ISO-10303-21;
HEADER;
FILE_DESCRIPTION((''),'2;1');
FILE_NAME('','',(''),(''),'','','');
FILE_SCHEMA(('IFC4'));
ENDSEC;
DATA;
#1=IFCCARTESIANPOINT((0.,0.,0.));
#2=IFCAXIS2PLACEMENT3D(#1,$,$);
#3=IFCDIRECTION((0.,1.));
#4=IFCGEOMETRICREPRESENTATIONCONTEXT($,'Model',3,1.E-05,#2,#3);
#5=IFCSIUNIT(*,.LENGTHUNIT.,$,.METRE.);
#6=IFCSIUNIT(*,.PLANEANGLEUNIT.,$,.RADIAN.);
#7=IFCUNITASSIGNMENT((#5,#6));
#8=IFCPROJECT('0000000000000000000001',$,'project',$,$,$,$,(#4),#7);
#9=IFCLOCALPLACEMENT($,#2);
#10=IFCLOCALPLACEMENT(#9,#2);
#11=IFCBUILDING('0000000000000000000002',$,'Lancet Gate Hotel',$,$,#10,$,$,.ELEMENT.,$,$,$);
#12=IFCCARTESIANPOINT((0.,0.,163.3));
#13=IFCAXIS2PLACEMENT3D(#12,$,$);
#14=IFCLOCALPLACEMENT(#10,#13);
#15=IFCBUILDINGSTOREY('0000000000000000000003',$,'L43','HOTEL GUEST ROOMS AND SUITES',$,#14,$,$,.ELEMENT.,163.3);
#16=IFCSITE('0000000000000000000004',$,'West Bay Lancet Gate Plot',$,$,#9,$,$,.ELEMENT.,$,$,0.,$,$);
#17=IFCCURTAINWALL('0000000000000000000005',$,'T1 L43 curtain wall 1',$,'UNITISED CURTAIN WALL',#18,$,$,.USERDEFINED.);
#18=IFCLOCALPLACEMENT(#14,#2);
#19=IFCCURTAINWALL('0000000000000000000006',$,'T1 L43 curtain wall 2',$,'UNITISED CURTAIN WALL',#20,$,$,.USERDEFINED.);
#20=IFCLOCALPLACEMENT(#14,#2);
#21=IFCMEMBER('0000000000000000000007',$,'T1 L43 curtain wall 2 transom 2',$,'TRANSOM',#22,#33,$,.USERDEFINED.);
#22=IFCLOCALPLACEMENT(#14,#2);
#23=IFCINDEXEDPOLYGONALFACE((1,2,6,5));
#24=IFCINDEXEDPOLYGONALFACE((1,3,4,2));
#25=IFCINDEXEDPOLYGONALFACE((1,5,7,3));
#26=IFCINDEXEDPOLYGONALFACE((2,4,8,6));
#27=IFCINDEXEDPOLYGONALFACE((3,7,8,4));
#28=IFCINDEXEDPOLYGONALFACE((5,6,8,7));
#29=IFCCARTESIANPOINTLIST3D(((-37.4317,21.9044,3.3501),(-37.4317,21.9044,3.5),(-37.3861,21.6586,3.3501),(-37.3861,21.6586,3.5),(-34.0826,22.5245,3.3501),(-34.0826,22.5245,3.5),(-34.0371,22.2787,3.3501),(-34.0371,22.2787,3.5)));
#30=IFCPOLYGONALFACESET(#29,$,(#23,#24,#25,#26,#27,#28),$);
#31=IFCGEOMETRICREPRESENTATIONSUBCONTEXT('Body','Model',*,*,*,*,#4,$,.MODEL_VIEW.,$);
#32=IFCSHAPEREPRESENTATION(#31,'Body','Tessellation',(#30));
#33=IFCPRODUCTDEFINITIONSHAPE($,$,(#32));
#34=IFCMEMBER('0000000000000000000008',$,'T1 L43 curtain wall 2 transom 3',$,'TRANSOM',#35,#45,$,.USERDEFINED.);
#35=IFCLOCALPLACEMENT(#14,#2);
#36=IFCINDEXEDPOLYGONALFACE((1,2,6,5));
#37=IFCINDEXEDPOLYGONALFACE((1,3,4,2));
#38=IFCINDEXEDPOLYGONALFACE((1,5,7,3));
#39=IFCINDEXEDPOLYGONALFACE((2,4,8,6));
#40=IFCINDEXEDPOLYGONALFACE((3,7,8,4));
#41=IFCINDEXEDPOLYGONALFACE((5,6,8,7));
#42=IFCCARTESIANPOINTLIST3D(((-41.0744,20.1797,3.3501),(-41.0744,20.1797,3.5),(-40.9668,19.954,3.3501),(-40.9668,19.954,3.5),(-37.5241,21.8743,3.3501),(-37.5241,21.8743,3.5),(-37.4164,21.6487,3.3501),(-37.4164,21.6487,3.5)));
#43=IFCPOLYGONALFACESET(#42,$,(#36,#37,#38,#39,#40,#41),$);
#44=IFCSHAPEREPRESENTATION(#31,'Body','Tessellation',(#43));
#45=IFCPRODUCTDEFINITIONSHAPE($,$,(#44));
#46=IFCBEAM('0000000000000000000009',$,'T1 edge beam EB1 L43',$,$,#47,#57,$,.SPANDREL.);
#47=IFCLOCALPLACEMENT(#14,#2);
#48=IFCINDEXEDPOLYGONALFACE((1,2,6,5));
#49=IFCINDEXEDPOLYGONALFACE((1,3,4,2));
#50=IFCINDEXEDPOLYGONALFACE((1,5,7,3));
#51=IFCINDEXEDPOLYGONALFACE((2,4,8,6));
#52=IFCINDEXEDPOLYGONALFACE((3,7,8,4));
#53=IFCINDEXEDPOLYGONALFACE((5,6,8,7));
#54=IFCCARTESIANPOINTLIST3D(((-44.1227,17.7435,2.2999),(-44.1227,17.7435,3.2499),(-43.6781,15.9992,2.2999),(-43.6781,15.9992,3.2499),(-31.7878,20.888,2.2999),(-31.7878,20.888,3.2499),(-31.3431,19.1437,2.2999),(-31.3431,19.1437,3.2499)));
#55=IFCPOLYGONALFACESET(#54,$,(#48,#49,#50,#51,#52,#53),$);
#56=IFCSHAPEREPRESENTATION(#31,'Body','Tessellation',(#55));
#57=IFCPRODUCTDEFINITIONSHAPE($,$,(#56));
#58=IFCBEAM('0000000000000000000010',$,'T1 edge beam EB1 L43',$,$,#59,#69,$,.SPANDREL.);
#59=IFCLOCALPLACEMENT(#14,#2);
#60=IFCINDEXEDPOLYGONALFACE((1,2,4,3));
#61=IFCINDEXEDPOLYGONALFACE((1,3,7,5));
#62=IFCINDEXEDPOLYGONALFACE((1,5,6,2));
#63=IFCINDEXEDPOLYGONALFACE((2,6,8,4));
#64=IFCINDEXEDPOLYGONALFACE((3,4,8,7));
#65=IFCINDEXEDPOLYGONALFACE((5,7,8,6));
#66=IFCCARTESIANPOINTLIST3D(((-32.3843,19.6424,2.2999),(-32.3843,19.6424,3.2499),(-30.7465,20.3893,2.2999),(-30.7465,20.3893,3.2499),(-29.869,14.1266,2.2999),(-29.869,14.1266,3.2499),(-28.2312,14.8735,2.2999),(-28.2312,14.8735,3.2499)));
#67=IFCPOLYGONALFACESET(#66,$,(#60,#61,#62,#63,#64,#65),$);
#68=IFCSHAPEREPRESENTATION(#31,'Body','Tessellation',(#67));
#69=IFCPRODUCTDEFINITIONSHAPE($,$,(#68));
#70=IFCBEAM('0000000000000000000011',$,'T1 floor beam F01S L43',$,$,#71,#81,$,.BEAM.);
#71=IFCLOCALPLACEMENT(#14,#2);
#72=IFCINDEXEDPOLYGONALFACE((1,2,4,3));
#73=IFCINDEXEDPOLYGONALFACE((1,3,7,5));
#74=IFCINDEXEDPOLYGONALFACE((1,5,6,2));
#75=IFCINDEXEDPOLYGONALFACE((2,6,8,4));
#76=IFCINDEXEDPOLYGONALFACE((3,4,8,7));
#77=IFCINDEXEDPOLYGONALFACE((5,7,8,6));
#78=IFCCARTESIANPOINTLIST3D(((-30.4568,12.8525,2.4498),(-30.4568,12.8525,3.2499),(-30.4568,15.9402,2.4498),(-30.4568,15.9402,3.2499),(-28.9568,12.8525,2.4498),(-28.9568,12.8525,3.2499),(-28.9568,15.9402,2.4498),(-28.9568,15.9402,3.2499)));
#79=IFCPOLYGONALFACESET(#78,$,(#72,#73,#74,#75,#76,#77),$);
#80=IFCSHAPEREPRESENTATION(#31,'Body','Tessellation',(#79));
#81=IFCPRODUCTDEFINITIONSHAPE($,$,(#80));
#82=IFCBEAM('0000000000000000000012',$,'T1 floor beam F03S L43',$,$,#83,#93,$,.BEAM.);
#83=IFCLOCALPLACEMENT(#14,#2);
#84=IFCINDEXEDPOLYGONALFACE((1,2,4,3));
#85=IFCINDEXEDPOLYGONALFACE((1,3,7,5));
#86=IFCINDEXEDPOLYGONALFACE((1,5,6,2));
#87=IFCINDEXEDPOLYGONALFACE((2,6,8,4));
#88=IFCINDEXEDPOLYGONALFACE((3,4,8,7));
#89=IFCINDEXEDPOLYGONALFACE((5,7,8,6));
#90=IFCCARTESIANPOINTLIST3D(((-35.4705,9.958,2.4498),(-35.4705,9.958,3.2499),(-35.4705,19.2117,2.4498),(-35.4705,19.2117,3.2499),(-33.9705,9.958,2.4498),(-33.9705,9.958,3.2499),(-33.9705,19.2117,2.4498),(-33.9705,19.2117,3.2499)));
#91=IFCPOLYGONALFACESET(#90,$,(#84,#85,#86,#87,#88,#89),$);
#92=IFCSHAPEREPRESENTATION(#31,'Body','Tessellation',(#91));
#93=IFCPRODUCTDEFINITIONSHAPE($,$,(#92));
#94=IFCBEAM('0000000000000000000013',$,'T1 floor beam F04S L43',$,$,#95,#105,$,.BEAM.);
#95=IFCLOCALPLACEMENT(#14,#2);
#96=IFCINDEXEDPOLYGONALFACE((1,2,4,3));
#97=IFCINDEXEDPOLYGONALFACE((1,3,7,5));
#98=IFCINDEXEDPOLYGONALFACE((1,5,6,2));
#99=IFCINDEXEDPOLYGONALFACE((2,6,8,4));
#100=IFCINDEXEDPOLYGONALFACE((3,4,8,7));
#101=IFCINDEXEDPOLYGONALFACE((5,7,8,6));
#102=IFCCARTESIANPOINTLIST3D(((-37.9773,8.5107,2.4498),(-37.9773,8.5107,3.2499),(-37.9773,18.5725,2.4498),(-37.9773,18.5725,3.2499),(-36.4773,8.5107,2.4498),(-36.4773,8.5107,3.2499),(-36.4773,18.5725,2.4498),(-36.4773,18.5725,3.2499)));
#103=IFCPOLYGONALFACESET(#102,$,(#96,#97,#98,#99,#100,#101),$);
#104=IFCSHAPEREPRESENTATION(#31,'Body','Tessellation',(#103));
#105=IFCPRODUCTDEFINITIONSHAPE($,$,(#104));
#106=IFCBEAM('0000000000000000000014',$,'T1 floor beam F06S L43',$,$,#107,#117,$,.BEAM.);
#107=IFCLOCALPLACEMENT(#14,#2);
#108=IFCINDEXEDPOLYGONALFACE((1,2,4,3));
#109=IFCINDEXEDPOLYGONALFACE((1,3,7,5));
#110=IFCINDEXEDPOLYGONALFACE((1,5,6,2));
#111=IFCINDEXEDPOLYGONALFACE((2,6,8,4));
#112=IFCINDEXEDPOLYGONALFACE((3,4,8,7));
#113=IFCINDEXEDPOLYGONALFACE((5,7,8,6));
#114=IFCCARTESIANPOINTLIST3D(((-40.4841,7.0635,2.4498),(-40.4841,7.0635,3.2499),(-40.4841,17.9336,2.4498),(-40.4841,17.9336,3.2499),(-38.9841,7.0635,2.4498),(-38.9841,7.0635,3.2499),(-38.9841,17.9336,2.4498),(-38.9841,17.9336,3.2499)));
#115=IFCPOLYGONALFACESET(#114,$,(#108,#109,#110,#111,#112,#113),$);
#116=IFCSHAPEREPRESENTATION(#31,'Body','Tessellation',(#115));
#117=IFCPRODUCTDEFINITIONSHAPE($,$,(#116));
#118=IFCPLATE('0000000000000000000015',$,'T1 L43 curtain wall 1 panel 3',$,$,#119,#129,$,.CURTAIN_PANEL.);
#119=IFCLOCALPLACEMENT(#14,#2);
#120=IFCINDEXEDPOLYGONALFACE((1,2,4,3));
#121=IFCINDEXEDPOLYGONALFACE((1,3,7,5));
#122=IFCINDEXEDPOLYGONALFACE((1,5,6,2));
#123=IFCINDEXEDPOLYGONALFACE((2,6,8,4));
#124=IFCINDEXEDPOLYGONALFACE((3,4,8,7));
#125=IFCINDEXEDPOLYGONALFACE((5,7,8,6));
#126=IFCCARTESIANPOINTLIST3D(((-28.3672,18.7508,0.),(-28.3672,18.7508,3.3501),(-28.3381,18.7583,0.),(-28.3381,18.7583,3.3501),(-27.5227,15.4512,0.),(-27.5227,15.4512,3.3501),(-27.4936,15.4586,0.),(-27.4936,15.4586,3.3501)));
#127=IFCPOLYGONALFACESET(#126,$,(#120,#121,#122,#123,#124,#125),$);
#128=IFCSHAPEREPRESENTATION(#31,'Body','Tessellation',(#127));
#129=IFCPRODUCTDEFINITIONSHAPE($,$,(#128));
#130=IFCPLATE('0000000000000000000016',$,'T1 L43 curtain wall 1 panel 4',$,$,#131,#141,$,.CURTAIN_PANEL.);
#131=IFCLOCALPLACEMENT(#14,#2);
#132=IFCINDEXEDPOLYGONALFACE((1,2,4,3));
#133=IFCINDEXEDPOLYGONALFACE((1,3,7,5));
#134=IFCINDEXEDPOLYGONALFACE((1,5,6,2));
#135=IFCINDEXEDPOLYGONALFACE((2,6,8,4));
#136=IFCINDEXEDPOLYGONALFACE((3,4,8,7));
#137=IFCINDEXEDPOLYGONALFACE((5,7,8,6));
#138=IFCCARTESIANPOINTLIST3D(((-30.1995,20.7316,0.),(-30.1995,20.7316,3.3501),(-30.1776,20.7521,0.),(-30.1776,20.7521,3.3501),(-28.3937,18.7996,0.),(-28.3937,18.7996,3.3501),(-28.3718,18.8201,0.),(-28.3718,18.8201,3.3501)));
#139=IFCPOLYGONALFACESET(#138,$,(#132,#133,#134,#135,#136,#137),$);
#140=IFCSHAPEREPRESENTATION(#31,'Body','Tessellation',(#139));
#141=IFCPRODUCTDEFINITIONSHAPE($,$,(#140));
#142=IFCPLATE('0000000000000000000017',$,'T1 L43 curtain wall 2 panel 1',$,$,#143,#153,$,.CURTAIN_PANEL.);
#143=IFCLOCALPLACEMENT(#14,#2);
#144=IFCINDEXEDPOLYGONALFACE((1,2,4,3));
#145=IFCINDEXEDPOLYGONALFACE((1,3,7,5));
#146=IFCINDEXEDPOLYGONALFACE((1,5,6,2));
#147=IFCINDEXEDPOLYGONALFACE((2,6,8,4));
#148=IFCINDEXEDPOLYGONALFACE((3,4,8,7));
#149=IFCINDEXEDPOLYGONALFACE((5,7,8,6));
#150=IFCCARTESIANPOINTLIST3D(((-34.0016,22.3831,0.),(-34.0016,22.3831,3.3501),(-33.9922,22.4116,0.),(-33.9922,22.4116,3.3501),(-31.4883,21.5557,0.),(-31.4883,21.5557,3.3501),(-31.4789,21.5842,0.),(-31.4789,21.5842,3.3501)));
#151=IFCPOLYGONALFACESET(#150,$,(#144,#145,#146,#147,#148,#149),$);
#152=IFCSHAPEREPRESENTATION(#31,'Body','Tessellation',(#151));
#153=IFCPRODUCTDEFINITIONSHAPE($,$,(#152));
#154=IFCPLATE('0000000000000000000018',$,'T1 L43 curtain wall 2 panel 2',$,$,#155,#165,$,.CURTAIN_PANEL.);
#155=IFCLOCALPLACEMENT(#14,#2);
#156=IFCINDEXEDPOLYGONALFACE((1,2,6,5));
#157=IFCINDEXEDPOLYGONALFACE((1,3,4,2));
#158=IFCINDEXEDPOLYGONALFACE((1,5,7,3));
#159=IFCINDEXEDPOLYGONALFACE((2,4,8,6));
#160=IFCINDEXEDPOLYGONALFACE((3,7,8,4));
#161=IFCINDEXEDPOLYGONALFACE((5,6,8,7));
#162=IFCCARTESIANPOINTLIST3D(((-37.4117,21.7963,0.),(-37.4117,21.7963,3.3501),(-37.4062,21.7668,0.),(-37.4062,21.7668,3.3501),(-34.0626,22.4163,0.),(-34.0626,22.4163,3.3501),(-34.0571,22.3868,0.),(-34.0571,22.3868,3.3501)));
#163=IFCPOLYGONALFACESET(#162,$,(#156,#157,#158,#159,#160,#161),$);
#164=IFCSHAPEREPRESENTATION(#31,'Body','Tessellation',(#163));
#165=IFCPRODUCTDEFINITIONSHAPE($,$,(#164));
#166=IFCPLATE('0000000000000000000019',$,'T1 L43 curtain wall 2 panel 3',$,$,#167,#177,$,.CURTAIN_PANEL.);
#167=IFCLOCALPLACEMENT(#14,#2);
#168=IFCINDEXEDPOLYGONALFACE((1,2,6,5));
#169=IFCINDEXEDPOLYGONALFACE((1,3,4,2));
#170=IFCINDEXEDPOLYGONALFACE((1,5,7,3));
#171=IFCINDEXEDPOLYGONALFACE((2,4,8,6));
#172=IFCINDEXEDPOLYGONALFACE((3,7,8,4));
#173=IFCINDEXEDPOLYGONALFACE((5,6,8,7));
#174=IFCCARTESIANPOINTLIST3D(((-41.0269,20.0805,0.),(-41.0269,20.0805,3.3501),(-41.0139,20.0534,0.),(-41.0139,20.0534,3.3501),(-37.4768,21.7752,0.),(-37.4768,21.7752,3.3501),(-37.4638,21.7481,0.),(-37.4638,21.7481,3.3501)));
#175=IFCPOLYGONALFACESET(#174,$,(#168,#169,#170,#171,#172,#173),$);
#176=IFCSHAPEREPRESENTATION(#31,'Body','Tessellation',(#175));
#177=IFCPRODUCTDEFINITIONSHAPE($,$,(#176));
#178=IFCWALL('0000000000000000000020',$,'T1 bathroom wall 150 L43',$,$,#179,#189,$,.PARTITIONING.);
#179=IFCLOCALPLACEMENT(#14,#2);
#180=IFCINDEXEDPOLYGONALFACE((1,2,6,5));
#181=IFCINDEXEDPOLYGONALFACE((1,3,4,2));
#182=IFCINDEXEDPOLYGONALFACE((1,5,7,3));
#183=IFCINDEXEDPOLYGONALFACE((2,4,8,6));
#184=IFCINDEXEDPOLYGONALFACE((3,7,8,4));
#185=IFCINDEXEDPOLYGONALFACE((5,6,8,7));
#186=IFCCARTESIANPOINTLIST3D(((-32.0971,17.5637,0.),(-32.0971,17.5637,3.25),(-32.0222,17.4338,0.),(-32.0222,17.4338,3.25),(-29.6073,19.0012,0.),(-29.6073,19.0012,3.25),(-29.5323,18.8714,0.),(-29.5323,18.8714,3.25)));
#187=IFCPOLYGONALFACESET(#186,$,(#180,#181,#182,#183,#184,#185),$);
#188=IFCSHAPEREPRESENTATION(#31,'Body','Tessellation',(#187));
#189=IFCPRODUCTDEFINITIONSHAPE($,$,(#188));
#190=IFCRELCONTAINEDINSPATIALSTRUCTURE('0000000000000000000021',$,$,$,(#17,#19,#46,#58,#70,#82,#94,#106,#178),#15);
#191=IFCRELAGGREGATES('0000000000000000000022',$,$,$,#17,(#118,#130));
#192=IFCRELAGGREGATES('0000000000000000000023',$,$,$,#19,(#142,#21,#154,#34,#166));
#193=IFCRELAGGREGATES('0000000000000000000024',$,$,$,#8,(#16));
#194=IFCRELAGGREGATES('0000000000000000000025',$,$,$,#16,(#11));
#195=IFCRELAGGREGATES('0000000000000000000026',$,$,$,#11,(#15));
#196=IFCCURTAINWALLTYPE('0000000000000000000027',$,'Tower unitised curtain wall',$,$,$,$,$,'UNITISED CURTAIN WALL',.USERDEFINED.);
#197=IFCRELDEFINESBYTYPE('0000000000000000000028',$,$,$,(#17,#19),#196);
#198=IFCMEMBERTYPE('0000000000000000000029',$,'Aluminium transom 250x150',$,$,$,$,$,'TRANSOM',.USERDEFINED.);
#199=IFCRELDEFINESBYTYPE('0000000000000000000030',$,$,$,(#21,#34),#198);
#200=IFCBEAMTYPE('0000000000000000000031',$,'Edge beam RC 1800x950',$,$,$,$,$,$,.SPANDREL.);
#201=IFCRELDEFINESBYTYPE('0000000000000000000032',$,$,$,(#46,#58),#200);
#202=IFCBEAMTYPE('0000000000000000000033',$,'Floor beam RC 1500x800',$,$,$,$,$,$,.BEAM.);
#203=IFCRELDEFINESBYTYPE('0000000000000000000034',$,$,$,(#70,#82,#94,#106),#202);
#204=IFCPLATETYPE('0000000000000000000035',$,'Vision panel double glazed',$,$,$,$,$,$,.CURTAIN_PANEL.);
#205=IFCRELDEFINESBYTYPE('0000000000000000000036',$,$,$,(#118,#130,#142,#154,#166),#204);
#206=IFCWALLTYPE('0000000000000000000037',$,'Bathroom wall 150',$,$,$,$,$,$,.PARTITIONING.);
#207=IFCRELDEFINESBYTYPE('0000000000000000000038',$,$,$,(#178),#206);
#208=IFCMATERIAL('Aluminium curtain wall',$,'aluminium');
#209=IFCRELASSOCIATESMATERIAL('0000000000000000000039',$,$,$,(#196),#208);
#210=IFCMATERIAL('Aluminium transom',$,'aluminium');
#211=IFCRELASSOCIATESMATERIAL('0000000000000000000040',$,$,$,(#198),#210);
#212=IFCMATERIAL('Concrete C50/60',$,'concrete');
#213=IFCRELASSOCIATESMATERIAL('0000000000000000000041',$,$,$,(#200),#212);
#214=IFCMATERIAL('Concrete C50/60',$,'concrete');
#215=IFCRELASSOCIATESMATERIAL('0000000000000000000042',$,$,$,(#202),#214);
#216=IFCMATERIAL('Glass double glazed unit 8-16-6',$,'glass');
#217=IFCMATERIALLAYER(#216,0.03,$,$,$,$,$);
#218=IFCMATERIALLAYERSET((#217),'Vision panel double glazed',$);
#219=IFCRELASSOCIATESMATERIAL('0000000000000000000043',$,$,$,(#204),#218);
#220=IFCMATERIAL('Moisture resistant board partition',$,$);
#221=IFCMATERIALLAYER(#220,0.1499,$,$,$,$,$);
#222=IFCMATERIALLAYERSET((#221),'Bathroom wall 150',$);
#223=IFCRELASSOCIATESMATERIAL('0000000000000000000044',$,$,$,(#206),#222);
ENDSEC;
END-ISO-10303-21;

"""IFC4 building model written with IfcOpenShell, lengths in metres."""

from ifc_helpers import new_model, si_unit, direction, frame, frame_2d, origin, origin_2d, place, context, subcontext, project, spatial, rectangle, extrude, material, layer, layer_set, material_profile, profile_set, type_object, element, aggregate, save


model = new_model("IFC4")

# Units and contexts
model_context = context("Model", 3, precision=1e-05, world=origin(), true_north=direction((0.0, 1.0)))
body_context = subcontext(model_context, "Body", "Model", "MODEL_VIEW")
ifc_project = project(units=[si_unit("LENGTHUNIT", "METRE"), si_unit("PLANEANGLEUNIT", "RADIAN")], contexts=[model_context])

# Site, building, storey
site_placement = place(None, origin())
site = spatial("IfcSite", under=ifc_project, at=site_placement, Name="West Bay Lancet Gate Plot", CompositionType="ELEMENT", RefElevation=0.0)
building_placement = place(site_placement, origin())
building = spatial("IfcBuilding", under=site, at=building_placement, Name="Lancet Gate Hotel", CompositionType="ELEMENT")
storey_placement = place(building_placement, frame((0.0, 0.0, 163.3)))
storey = spatial("IfcBuildingStorey", under=building, at=storey_placement, Name="L43", Description="HOTEL GUEST ROOMS AND SUITES", CompositionType="ELEMENT", Elevation=163.3)

# Curtain walls
ifc_material_1 = material(Name="Aluminium curtain wall", Category="aluminium")
curtain_wall_type = type_object("IfcCurtainWallType", Name="Tower unitised curtain wall", ElementType="UNITISED CURTAIN WALL", PredefinedType="USERDEFINED", material=ifc_material_1)
curtain_wall_1_placement = place(storey_placement, origin())
curtain_wall_1 = element("IfcCurtainWall", 1, at=curtain_wall_1_placement, inside=storey, type_object=curtain_wall_type, Name="T1 L43 curtain wall 1", ObjectType="UNITISED CURTAIN WALL", PredefinedType="USERDEFINED")
curtain_wall_2_placement = place(storey_placement, origin())
curtain_wall_2 = element("IfcCurtainWall", 2, at=curtain_wall_2_placement, inside=storey, type_object=curtain_wall_type, Name="T1 L43 curtain wall 2", ObjectType="UNITISED CURTAIN WALL", PredefinedType="USERDEFINED")

# Members
ifc_material_2 = material(Name="Aluminium transom", Category="aluminium")
ifc_material_profile_1 = material_profile(ifc_material_2, rectangle(XDim=0.25, YDim=0.1499, at=origin_2d()), Name="TRANSOM 250x150")
ifc_profile_set_1 = profile_set([ifc_material_profile_1], Name="Aluminium transom")
member_type_1 = type_object("IfcMemberType", Name="Aluminium transom 250x150", ElementType="TRANSOM", PredefinedType="USERDEFINED", material=ifc_profile_set_1)
member_1_placement = place(storey_placement, frame((-34.0598, 22.4016, 3.425), z_axis=(-0.983287, -0.182064, 0.0), x_axis=(0.182064, -0.983287, 0.0)))
member_1 = element("IfcMember", 3, at=member_1_placement, type_object=member_type_1, Name="T1 L43 curtain wall 2 transom 2", ObjectType="TRANSOM", PredefinedType="USERDEFINED", context=body_context, shape_type="SweptSolid", body=[
    extrude(rectangle(XDim=0.25, YDim=0.1499, at=origin_2d()), origin(), (0.0, 0.0, 1.0), 3.406),
])
member_2_placement = place(storey_placement, frame((-37.4702, 21.7615, 3.425), z_axis=(-0.902469, -0.430755, 0.0), x_axis=(0.430755, -0.902469, 0.0)))
member_2 = element("IfcMember", 4, at=member_2_placement, type_object=member_type_1, Name="T1 L43 curtain wall 2 transom 3", ObjectType="TRANSOM", PredefinedType="USERDEFINED", context=body_context, shape_type="SweptSolid", body=[
    extrude(rectangle(XDim=0.25, YDim=0.1499, at=origin_2d()), origin(), (0.0, 0.0, 1.0), 3.9341),
])

# Beams
ifc_material_3 = material(Name="Concrete C50/60", Category="concrete")
ifc_material_profile_2 = material_profile(ifc_material_3, rectangle(XDim=1.8, YDim=0.95, at=origin_2d()), Name="RC 1800x950")
ifc_profile_set_2 = profile_set([ifc_material_profile_2], Name="Concrete C50/60")
beam_type_1 = type_object("IfcBeamType", Name="Edge beam RC 1800x950", PredefinedType="SPANDREL", material=ifc_profile_set_2)
beam_1_placement = place(storey_placement, frame((-31.5654, 20.0159, 2.7749), z_axis=(-0.969008, -0.247028, 0.0), x_axis=(0.247028, -0.969008, 0.0)))
element("IfcBeam", 5, at=beam_1_placement, inside=storey, type_object=beam_type_1, Name="T1 edge beam EB1 L43", PredefinedType="SPANDREL", context=body_context, shape_type="SweptSolid", body=[
    extrude(rectangle(XDim=1.8, YDim=0.95, at=origin_2d()), origin(), (0.0, 0.0, 1.0), 12.7295),
])
beam_2_placement = place(storey_placement, frame((-31.5654, 20.0159, 2.7749), z_axis=(0.414919, -0.909858, 0.0), x_axis=(0.909858, 0.414919, 0.0)))
element("IfcBeam", 6, at=beam_2_placement, inside=storey, type_object=beam_type_1, Name="T1 edge beam EB1 L43", PredefinedType="SPANDREL", context=body_context, shape_type="SweptSolid", body=[
    extrude(rectangle(XDim=1.8, YDim=0.95, at=origin_2d()), origin(), (0.0, 0.0, 1.0), 6.0623),
])
ifc_material_4 = material(Name="Concrete C50/60", Category="concrete")
ifc_material_profile_3 = material_profile(ifc_material_4, rectangle(XDim=1.5, YDim=0.8, at=origin_2d()), Name="RC 1500x800")
ifc_profile_set_3 = profile_set([ifc_material_profile_3], Name="Concrete C50/60")
beam_type_2 = type_object("IfcBeamType", Name="Floor beam RC 1500x800", PredefinedType="BEAM", material=ifc_profile_set_3)
beam_3_placement = place(storey_placement, frame((-29.7068, 15.9402, 2.8499), z_axis=(0.0, -1.0, 0.0), x_axis=(1.0, 0.0, 0.0)))
element("IfcBeam", 7, at=beam_3_placement, inside=storey, type_object=beam_type_2, Name="T1 floor beam F01S L43", PredefinedType="BEAM", context=body_context, shape_type="SweptSolid", body=[
    extrude(rectangle(XDim=1.5, YDim=0.8, at=origin_2d()), origin(), (0.0, 0.0, 1.0), 3.0876),
])
beam_4_placement = place(storey_placement, frame((-34.7205, 19.2117, 2.8499), z_axis=(0.0, -1.0, 0.0), x_axis=(1.0, 0.0, 0.0)))
element("IfcBeam", 8, at=beam_4_placement, inside=storey, type_object=beam_type_2, Name="T1 floor beam F03S L43", PredefinedType="BEAM", context=body_context, shape_type="SweptSolid", body=[
    extrude(rectangle(XDim=1.5, YDim=0.8, at=origin_2d()), origin(), (0.0, 0.0, 1.0), 9.2537),
])
beam_5_placement = place(storey_placement, frame((-37.2273, 18.5725, 2.8499), z_axis=(0.0, -1.0, 0.0), x_axis=(1.0, 0.0, 0.0)))
element("IfcBeam", 9, at=beam_5_placement, inside=storey, type_object=beam_type_2, Name="T1 floor beam F04S L43", PredefinedType="BEAM", context=body_context, shape_type="SweptSolid", body=[
    extrude(rectangle(XDim=1.5, YDim=0.8, at=origin_2d()), origin(), (0.0, 0.0, 1.0), 10.0618),
])
beam_6_placement = place(storey_placement, frame((-39.7341, 17.9336, 2.8499), z_axis=(0.0, -1.0, 0.0), x_axis=(1.0, 0.0, 0.0)))
element("IfcBeam", 10, at=beam_6_placement, inside=storey, type_object=beam_type_2, Name="T1 floor beam F06S L43", PredefinedType="BEAM", context=body_context, shape_type="SweptSolid", body=[
    extrude(rectangle(XDim=1.5, YDim=0.8, at=origin_2d()), origin(), (0.0, 0.0, 1.0), 10.8701),
])

# Plates
ifc_material_5 = material(Name="Glass double glazed unit 8-16-6", Category="glass")
ifc_layer_1 = layer(ifc_material_5, 0.03)
ifc_layer_set_1 = layer_set([ifc_layer_1], Name="Vision panel double glazed")
plate_type = type_object("IfcPlateType", Name="Vision panel double glazed", PredefinedType="CURTAIN_PANEL", material=ifc_layer_set_1)
plate_1_placement = place(storey_placement, frame((-27.9304, 17.1047, 0.0), z_axis=(0.0, 0.0, 1.0), x_axis=(-0.247937, 0.968776, 0.0)))
plate_1 = element("IfcPlate", 11, at=plate_1_placement, type_object=plate_type, Name="T1 L43 curtain wall 1 panel 3", PredefinedType="CURTAIN_PANEL", context=body_context, shape_type="SweptSolid", body=[
    extrude(rectangle(XDim=3.406, YDim=0.03, at=origin_2d()), origin(), (0.0, 0.0, 1.0), 3.3501),
])
plate_2_placement = place(storey_placement, frame((-29.2856, 19.7759, 0.0), z_axis=(0.0, 0.0, 1.0), x_axis=(-0.682845, 0.730563, 0.0)))
plate_2 = element("IfcPlate", 12, at=plate_2_placement, type_object=plate_type, Name="T1 L43 curtain wall 1 panel 4", PredefinedType="CURTAIN_PANEL", context=body_context, shape_type="SweptSolid", body=[
    extrude(rectangle(XDim=2.6445, YDim=0.03, at=origin_2d()), origin(), (0.0, 0.0, 1.0), 3.3501),
])
aggregate(curtain_wall_1, [plate_1, plate_2])
plate_3_placement = place(storey_placement, frame((-32.7402, 21.9836, 0.0), z_axis=(0.0, 0.0, 1.0), x_axis=(-0.949848, 0.312712, 0.0)))
plate_3 = element("IfcPlate", 13, at=plate_3_placement, type_object=plate_type, Name="T1 L43 curtain wall 2 panel 1", PredefinedType="CURTAIN_PANEL", context=body_context, shape_type="SweptSolid", body=[
    extrude(rectangle(XDim=2.646, YDim=0.03, at=origin_2d()), origin(), (0.0, 0.0, 1.0), 3.3501),
])
plate_4_placement = place(storey_placement, frame((-35.7344, 22.0916, 0.0), z_axis=(0.0, 0.0, 1.0), x_axis=(-0.983292, -0.182033, 0.0)))
plate_4 = element("IfcPlate", 14, at=plate_4_placement, type_object=plate_type, Name="T1 L43 curtain wall 2 panel 2", PredefinedType="CURTAIN_PANEL", context=body_context, shape_type="SweptSolid", body=[
    extrude(rectangle(XDim=3.406, YDim=0.03, at=origin_2d()), origin(), (0.0, 0.0, 1.0), 3.3501),
])
plate_5_placement = place(storey_placement, frame((-39.2454, 20.9143, 0.0), z_axis=(0.0, 0.0, 1.0), x_axis=(-0.902454, -0.430787, 0.0)))
plate_5 = element("IfcPlate", 15, at=plate_5_placement, type_object=plate_type, Name="T1 L43 curtain wall 2 panel 3", PredefinedType="CURTAIN_PANEL", context=body_context, shape_type="SweptSolid", body=[
    extrude(rectangle(XDim=3.9338, YDim=0.03, at=origin_2d()), origin(), (0.0, 0.0, 1.0), 3.3501),
])
aggregate(curtain_wall_2, [plate_3, member_1, plate_4, member_2, plate_5])

# Wall
ifc_material_6 = material(Name="Moisture resistant board partition")
ifc_layer_2 = layer(ifc_material_6, 0.1499)
ifc_layer_set_2 = layer_set([ifc_layer_2], Name="Bathroom wall 150")
wall_type_1 = type_object("IfcWallType", Name="Bathroom wall 150", PredefinedType="PARTITIONING", material=ifc_layer_set_2)
wall_1_placement = place(storey_placement, frame((-29.5698, 18.9363, 0.0), z_axis=(0.0, 0.0, 1.0), x_axis=(-0.866019, -0.500012, 0.0)))
element("IfcWall", 16, at=wall_1_placement, inside=storey, type_object=wall_type_1, Name="T1 bathroom wall 150 L43", PredefinedType="PARTITIONING", context=body_context, shape_type="SweptSolid", body=[
    extrude(rectangle(XDim=2.875, YDim=0.1499, at=frame_2d((1.4375, 0.0))), origin(), (0.0, 0.0, 1.0), 3.25),
])

save(model, "model.ifc")
